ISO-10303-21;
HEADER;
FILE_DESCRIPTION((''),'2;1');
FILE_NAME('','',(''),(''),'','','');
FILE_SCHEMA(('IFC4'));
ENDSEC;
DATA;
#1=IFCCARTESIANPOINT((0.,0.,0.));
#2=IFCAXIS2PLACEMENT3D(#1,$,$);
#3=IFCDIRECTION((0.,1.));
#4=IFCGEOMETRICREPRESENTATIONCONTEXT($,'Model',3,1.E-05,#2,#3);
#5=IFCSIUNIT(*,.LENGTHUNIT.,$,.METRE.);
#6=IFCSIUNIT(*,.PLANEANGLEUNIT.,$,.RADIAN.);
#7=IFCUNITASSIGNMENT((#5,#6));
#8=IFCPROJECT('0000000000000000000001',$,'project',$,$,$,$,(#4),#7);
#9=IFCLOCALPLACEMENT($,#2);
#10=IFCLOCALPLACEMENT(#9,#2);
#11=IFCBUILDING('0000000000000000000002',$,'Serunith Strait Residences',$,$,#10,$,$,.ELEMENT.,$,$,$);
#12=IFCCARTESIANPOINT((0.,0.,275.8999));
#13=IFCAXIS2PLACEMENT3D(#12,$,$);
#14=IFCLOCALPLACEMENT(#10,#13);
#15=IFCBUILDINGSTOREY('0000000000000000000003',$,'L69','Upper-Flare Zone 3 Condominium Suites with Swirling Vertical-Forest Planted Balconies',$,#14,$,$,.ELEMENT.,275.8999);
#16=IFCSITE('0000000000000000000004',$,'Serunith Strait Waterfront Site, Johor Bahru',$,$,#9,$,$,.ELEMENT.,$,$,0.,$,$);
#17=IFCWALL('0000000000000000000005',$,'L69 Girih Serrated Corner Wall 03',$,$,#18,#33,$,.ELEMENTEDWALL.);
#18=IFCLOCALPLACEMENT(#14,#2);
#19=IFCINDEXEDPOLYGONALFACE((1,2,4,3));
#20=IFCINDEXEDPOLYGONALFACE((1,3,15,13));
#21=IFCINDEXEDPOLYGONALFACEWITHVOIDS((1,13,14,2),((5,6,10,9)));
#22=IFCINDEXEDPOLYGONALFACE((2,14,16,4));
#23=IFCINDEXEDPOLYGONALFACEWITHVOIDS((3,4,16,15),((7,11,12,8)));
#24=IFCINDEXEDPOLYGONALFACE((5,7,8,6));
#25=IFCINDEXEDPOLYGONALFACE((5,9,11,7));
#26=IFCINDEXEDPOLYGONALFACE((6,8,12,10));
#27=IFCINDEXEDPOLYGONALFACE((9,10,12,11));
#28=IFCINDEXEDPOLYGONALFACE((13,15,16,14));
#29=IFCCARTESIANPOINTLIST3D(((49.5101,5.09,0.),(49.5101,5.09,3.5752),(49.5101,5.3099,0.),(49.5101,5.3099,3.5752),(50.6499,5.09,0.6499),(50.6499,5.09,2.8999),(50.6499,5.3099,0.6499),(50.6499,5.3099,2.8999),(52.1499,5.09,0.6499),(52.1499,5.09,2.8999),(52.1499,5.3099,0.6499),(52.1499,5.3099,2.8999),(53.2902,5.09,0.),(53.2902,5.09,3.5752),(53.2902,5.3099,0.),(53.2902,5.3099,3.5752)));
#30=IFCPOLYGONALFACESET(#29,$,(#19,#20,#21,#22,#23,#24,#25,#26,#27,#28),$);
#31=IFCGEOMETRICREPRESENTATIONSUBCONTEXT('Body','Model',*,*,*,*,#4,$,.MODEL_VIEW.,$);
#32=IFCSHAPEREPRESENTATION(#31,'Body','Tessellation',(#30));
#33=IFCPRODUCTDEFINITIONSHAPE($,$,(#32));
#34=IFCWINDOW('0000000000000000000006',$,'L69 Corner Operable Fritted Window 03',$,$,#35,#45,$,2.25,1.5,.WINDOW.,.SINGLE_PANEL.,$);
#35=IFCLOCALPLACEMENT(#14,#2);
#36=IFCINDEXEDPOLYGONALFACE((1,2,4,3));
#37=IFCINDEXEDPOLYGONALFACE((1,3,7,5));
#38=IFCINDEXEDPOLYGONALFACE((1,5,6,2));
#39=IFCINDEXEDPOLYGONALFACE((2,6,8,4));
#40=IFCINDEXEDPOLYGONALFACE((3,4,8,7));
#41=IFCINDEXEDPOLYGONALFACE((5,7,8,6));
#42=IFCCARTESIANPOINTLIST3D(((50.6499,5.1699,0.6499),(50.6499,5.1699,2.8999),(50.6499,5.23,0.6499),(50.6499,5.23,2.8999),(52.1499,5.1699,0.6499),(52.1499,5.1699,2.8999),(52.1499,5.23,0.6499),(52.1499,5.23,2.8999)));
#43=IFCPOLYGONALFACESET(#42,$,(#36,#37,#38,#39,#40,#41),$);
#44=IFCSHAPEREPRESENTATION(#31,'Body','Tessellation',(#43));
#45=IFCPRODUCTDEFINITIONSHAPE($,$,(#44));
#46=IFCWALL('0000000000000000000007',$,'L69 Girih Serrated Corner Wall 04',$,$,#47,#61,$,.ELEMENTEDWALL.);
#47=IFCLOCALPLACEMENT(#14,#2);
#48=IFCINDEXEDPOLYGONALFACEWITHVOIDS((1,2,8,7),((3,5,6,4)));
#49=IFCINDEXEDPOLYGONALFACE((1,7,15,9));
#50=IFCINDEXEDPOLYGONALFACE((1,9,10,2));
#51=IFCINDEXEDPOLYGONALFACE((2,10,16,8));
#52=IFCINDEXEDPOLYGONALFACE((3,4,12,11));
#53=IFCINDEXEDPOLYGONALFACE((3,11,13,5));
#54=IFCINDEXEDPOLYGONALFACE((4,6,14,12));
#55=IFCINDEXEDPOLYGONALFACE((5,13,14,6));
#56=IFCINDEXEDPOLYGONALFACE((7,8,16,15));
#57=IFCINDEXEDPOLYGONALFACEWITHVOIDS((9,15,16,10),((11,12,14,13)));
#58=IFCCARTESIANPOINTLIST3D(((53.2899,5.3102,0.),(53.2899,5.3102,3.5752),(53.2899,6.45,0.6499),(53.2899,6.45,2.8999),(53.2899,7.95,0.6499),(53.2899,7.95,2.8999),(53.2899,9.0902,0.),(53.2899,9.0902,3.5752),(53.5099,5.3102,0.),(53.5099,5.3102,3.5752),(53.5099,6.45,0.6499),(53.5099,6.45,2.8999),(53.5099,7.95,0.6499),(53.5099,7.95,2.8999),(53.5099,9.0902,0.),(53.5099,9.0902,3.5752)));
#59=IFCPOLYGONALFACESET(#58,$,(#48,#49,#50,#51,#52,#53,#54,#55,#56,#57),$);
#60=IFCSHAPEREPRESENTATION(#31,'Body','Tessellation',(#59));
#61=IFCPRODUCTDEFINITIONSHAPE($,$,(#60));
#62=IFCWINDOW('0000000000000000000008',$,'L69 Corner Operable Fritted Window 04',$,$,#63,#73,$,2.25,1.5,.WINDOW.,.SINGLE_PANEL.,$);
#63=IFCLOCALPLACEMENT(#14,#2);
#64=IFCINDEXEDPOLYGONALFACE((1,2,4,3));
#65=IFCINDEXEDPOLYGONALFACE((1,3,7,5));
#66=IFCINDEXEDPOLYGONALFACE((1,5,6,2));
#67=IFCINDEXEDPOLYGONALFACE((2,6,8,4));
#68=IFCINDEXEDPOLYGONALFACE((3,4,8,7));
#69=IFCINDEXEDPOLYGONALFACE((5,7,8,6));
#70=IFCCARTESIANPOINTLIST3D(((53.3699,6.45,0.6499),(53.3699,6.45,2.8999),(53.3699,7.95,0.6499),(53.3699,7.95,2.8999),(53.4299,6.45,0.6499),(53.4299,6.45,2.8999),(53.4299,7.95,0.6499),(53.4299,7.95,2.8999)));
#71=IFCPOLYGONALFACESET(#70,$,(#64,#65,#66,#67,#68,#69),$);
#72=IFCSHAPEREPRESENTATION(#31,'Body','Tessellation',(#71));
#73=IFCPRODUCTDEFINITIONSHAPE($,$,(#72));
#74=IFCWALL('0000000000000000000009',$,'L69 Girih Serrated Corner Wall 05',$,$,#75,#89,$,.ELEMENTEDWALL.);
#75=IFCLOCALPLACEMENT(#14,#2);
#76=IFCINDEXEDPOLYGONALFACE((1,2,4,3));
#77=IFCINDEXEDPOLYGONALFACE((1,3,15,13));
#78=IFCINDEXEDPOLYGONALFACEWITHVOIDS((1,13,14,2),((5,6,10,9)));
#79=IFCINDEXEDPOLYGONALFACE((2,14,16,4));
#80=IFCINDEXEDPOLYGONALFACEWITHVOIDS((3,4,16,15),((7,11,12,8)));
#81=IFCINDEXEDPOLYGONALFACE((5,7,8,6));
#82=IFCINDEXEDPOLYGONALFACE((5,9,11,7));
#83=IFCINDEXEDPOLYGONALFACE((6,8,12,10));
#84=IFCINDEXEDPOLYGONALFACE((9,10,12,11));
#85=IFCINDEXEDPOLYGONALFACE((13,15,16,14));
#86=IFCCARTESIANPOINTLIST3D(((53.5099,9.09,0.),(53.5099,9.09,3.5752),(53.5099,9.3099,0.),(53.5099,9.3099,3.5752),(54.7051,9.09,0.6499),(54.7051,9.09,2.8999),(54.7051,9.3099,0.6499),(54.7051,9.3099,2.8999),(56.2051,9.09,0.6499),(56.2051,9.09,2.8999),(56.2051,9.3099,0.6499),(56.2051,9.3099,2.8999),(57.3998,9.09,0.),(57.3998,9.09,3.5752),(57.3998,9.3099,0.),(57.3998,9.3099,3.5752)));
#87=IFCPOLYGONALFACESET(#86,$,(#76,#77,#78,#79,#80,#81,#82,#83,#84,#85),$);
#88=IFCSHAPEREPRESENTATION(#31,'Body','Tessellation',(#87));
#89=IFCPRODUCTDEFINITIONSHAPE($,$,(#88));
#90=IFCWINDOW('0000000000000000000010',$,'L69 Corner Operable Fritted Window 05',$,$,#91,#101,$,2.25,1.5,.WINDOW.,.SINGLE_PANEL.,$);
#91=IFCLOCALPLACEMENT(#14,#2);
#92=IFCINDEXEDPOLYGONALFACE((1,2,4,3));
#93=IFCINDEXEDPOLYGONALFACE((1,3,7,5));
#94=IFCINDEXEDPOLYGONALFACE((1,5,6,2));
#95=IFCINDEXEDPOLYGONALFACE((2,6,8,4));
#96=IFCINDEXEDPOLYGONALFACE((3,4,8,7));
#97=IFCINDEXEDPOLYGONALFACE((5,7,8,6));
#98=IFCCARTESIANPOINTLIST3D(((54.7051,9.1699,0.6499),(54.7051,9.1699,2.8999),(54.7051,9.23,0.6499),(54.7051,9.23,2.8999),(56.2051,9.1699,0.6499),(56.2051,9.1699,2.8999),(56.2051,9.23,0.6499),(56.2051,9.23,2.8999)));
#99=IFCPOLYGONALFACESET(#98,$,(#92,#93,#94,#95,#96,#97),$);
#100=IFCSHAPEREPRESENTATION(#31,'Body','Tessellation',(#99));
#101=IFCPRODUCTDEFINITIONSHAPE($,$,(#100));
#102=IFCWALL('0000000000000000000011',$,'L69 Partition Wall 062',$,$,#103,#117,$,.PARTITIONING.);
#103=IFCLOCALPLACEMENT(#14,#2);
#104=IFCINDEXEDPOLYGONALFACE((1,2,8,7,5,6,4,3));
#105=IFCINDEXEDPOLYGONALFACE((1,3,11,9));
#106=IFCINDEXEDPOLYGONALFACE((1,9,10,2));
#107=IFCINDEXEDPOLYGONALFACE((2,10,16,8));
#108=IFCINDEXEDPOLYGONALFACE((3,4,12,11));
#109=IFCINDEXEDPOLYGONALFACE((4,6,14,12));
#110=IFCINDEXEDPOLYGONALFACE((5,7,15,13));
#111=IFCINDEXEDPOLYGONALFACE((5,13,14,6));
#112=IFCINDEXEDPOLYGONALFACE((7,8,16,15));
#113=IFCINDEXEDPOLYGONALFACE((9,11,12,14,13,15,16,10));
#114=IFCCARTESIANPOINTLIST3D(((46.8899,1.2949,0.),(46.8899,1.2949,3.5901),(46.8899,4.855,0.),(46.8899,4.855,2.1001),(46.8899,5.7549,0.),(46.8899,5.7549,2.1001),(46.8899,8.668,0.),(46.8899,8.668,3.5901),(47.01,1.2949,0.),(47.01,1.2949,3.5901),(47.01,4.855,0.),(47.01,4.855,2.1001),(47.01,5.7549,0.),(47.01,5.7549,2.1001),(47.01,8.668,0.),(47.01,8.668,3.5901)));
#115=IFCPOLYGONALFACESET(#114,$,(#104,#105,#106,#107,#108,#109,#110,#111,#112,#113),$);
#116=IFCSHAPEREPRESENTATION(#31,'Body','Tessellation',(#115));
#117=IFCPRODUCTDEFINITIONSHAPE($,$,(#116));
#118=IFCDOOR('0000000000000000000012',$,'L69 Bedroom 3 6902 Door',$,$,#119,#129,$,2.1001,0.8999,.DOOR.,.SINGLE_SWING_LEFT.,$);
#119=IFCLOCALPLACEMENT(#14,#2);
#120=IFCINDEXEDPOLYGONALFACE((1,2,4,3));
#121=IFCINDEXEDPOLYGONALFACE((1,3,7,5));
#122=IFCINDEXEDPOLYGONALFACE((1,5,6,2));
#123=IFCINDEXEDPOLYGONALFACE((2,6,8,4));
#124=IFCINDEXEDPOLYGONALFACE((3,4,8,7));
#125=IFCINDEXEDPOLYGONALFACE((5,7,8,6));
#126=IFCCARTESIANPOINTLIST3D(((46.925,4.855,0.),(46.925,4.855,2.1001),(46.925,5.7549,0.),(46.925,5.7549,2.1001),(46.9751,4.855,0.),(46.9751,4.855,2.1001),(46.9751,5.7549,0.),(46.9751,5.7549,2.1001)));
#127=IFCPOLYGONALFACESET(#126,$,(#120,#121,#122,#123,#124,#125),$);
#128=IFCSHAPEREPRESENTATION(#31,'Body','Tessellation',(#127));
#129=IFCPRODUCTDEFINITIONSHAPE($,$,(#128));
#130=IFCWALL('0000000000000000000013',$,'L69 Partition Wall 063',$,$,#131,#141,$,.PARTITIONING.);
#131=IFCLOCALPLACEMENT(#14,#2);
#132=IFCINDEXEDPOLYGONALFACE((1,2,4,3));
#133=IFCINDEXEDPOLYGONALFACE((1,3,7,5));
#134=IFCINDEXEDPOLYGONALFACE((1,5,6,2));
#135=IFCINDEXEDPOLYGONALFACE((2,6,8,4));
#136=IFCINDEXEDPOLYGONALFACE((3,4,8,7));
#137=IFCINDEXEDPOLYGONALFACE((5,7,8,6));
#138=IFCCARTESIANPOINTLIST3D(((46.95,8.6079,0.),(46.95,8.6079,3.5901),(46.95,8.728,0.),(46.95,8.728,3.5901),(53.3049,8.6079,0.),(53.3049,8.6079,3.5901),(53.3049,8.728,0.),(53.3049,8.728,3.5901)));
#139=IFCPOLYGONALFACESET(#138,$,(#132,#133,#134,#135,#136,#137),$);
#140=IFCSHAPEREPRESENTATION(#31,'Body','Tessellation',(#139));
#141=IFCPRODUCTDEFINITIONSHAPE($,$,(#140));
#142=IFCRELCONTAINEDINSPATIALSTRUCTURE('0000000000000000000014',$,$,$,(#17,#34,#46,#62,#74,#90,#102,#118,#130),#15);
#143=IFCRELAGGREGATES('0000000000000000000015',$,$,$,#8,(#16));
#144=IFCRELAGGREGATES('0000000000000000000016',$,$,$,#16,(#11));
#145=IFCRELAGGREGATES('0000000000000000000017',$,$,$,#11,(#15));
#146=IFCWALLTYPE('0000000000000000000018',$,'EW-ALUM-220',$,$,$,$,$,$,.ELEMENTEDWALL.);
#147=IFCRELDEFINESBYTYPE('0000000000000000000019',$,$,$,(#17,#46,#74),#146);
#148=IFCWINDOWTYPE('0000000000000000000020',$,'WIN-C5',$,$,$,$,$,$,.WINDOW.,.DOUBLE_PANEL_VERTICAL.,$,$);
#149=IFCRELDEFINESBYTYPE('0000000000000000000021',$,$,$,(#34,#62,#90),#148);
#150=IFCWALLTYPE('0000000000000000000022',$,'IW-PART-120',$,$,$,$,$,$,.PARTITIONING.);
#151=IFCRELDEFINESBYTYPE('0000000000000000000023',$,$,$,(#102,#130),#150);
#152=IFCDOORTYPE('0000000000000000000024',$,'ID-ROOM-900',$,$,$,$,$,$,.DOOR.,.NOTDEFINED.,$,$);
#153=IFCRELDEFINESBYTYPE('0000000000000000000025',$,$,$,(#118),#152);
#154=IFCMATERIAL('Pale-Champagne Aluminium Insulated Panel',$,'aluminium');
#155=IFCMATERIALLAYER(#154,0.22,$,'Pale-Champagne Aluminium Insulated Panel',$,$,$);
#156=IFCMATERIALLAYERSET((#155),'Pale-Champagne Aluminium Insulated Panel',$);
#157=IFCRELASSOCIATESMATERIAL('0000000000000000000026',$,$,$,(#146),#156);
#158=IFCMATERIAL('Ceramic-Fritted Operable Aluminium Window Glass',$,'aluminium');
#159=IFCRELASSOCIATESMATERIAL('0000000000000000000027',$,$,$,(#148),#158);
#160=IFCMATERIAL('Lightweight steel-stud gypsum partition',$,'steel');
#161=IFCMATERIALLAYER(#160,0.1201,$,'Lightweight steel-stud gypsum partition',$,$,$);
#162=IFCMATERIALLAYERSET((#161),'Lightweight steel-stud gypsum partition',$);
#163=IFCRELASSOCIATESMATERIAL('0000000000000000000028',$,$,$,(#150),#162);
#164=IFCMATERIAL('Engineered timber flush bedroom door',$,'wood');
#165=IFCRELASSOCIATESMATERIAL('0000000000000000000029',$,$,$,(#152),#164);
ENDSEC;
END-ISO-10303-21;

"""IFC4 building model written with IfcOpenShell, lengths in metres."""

from ifc_helpers import new_model, si_unit, direction, frame, frame_2d, origin, place, context, subcontext, project, spatial, rectangle, extrude, source, transform, mapped, material, layer, layer_set, type_object, element, fill, save


model = new_model("IFC4")

# Units and contexts
model_context = context("Model", 3, precision=1e-05, world=origin(), true_north=direction((0.0, 1.0)))
body_context = subcontext(model_context, "Body", "Model", "MODEL_VIEW")
ifc_project = project(units=[si_unit("LENGTHUNIT", "METRE"), si_unit("PLANEANGLEUNIT", "RADIAN")], contexts=[model_context])

# Site, building, storey
site_placement = place(None, origin())
site = spatial("IfcSite", under=ifc_project, at=site_placement, Name="Serunith Strait Waterfront Site, Johor Bahru", CompositionType="ELEMENT", RefElevation=0.0)
building_placement = place(site_placement, origin())
building = spatial("IfcBuilding", under=site, at=building_placement, Name="Serunith Strait Residences", CompositionType="ELEMENT")
storey_placement = place(building_placement, frame((0.0, 0.0, 275.8999)))
storey = spatial("IfcBuildingStorey", under=building, at=storey_placement, Name="L69", Description="Upper-Flare Zone 3 Condominium Suites with Swirling Vertical-Forest Planted Balconies", CompositionType="ELEMENT", Elevation=275.8999)

# Walls, openings, windows
ifc_material_1 = material(Name="Pale-Champagne Aluminium Insulated Panel", Category="aluminium")
ifc_layer_1 = layer(ifc_material_1, 0.22, Name="Pale-Champagne Aluminium Insulated Panel")
ifc_layer_set_1 = layer_set([ifc_layer_1], Name="Pale-Champagne Aluminium Insulated Panel")
wall_type_1 = type_object("IfcWallType", Name="EW-ALUM-220", PredefinedType="ELEMENTEDWALL", material=ifc_layer_set_1)
ifc_material_2 = material(Name="Ceramic-Fritted Operable Aluminium Window Glass", Category="aluminium")
window_type = type_object("IfcWindowType", Name="WIN-C5", PartitioningType="DOUBLE_PANEL_VERTICAL", PredefinedType="WINDOW", material=ifc_material_2)
shared_shape_1 = source(origin(), body_context, "Body", "SweptSolid", [
    extrude(rectangle(XDim=1.5, YDim=2.25, at=frame_2d((0.75, 1.125))), frame((0.0, 0.03, 0.0), z_axis=(0.0, -1.0, 0.0), x_axis=(1.0, 0.0, 0.0)), (0.0, 0.0, 1.0), 0.0601),
])
wall_1_placement = place(storey_placement, frame((49.51, 5.2, 0.0), z_axis=(0.0, 0.0, 1.0), x_axis=(1.0, 0.0, 0.0)))
wall_1 = element("IfcWall", 1, at=wall_1_placement, inside=storey, type_object=wall_type_1, Name="L69 Girih Serrated Corner Wall 03", PredefinedType="ELEMENTEDWALL", context=body_context, shape_type="SweptSolid", body=[
    extrude(rectangle(XDim=3.78, YDim=0.22, at=frame_2d((1.8901, 0.0))), origin(), (0.0, 0.0, 1.0), 3.5752),
])
opening_1_placement = place(wall_1_placement, frame((1.1399, 0.0, 0.6499)))
opening_1 = element("IfcOpeningElement", 2, at=opening_1_placement, cuts=wall_1, PredefinedType="OPENING", context=body_context, shape_type="SweptSolid", body=[
    extrude(rectangle(XDim=1.5, YDim=2.25, at=frame_2d((0.75, 1.125))), frame((0.0, 0.1201, 0.0), z_axis=(0.0, -1.0, 0.0), x_axis=(1.0, 0.0, 0.0)), (0.0, 0.0, 1.0), 0.24),
])
window_1_placement = place(opening_1_placement, origin())
window_1 = element("IfcWindow", 3, at=window_1_placement, inside=storey, type_object=window_type, Name="L69 Corner Operable Fritted Window 03", OverallHeight=2.25, OverallWidth=1.5, PartitioningType="SINGLE_PANEL", PredefinedType="WINDOW", context=body_context, shape_type="MappedRepresentation", body=[
    mapped(shared_shape_1, transform((0.0, 0.0, 0.0), scale=1.0)),
])
fill(opening_1, window_1)
wall_2_placement = place(storey_placement, frame((53.3999, 5.3101, 0.0), z_axis=(0.0, 0.0, 1.0), x_axis=(0.0, 1.0, 0.0)))
wall_2 = element("IfcWall", 4, at=wall_2_placement, inside=storey, type_object=wall_type_1, Name="L69 Girih Serrated Corner Wall 04", PredefinedType="ELEMENTEDWALL", context=body_context, shape_type="SweptSolid", body=[
    extrude(rectangle(XDim=3.78, YDim=0.22, at=frame_2d((1.8901, 0.0))), origin(), (0.0, 0.0, 1.0), 3.5752),
])
opening_2_placement = place(wall_2_placement, frame((1.1399, 0.0, 0.6499)))
opening_2 = element("IfcOpeningElement", 5, at=opening_2_placement, cuts=wall_2, PredefinedType="OPENING", context=body_context, shape_type="SweptSolid", body=[
    extrude(rectangle(XDim=1.5, YDim=2.25, at=frame_2d((0.75, 1.125))), frame((0.0, 0.1201, 0.0), z_axis=(0.0, -1.0, 0.0), x_axis=(1.0, 0.0, 0.0)), (0.0, 0.0, 1.0), 0.24),
])
window_2_placement = place(opening_2_placement, origin())
window_2 = element("IfcWindow", 6, at=window_2_placement, inside=storey, type_object=window_type, Name="L69 Corner Operable Fritted Window 04", OverallHeight=2.25, OverallWidth=1.5, PartitioningType="SINGLE_PANEL", PredefinedType="WINDOW", context=body_context, shape_type="MappedRepresentation", body=[
    mapped(shared_shape_1, transform((0.0, 0.0, 0.0), scale=1.0)),
])
fill(opening_2, window_2)
wall_3_placement = place(storey_placement, frame((53.51, 9.2, 0.0), z_axis=(0.0, 0.0, 1.0), x_axis=(1.0, 0.0, 0.0)))
wall_3 = element("IfcWall", 7, at=wall_3_placement, inside=storey, type_object=wall_type_1, Name="L69 Girih Serrated Corner Wall 05", PredefinedType="ELEMENTEDWALL", context=body_context, shape_type="SweptSolid", body=[
    extrude(rectangle(XDim=3.8899, YDim=0.22, at=frame_2d((1.9448, 0.0))), origin(), (0.0, 0.0, 1.0), 3.5752),
])
opening_3_placement = place(wall_3_placement, frame((1.1951, 0.0, 0.6499)))
opening_3 = element("IfcOpeningElement", 8, at=opening_3_placement, cuts=wall_3, PredefinedType="OPENING", context=body_context, shape_type="SweptSolid", body=[
    extrude(rectangle(XDim=1.5, YDim=2.25, at=frame_2d((0.75, 1.125))), frame((0.0, 0.1201, 0.0), z_axis=(0.0, -1.0, 0.0), x_axis=(1.0, 0.0, 0.0)), (0.0, 0.0, 1.0), 0.24),
])
window_3_placement = place(opening_3_placement, origin())
window_3 = element("IfcWindow", 9, at=window_3_placement, inside=storey, type_object=window_type, Name="L69 Corner Operable Fritted Window 05", OverallHeight=2.25, OverallWidth=1.5, PartitioningType="SINGLE_PANEL", PredefinedType="WINDOW", context=body_context, shape_type="MappedRepresentation", body=[
    mapped(shared_shape_1, transform((0.0, 0.0, 0.0), scale=1.0)),
])
fill(opening_3, window_3)

# Wall, opening, door
ifc_material_3 = material(Name="Lightweight steel-stud gypsum partition", Category="steel")
ifc_layer_2 = layer(ifc_material_3, 0.1201, Name="Lightweight steel-stud gypsum partition")
ifc_layer_set_2 = layer_set([ifc_layer_2], Name="Lightweight steel-stud gypsum partition")
wall_type_2 = type_object("IfcWallType", Name="IW-PART-120", PredefinedType="PARTITIONING", material=ifc_layer_set_2)
wall_4_placement = place(storey_placement, frame((46.95, 1.2949, 0.0), z_axis=(0.0, 0.0, 1.0), x_axis=(0.0, 1.0, 0.0)))
wall_4 = element("IfcWall", 10, at=wall_4_placement, inside=storey, type_object=wall_type_2, Name="L69 Partition Wall 062", PredefinedType="PARTITIONING", context=body_context, shape_type="SweptSolid", body=[
    extrude(rectangle(XDim=7.373, YDim=0.1201, at=frame_2d((3.6865, 0.0))), origin(), (0.0, 0.0, 1.0), 3.5901),
])
opening_4_placement = place(wall_4_placement, frame((3.5601, 0.0, 0.0)))
opening_4 = element("IfcOpeningElement", 11, at=opening_4_placement, cuts=wall_4, PredefinedType="OPENING", context=body_context, shape_type="SweptSolid", body=[
    extrude(rectangle(XDim=0.8999, YDim=2.1001, at=frame_2d((0.45, 1.05))), frame((0.0, 0.0701, 0.0), z_axis=(0.0, -1.0, 0.0), x_axis=(1.0, 0.0, 0.0)), (0.0, 0.0, 1.0), 0.1401),
])
ifc_material_4 = material(Name="Engineered timber flush bedroom door", Category="wood")
door_type_1 = type_object("IfcDoorType", Name="ID-ROOM-900", OperationType="NOTDEFINED", PredefinedType="DOOR", material=ifc_material_4)
shared_shape_2 = source(origin(), body_context, "Body", "SweptSolid", [
    extrude(rectangle(XDim=0.8999, YDim=2.1001, at=frame_2d((0.45, 1.05))), frame((0.0, 0.0249, 0.0), z_axis=(0.0, -1.0, 0.0), x_axis=(1.0, 0.0, 0.0)), (0.0, 0.0, 1.0), 0.05),
])
door_1_placement = place(opening_4_placement, origin())
door_1 = element("IfcDoor", 12, at=door_1_placement, inside=storey, type_object=door_type_1, Name="L69 Bedroom 3 6902 Door", OperationType="SINGLE_SWING_LEFT", OverallHeight=2.1001, OverallWidth=0.8999, PredefinedType="DOOR", context=body_context, shape_type="MappedRepresentation", body=[
    mapped(shared_shape_2, transform((0.0, 0.0, 0.0), scale=1.0)),
])
fill(opening_4, door_1)

# Wall
wall_5_placement = place(storey_placement, frame((46.95, 8.668, 0.0), z_axis=(0.0, 0.0, 1.0), x_axis=(1.0, 0.0, 0.0)))
element("IfcWall", 13, at=wall_5_placement, inside=storey, type_object=wall_type_2, Name="L69 Partition Wall 063", PredefinedType="PARTITIONING", context=body_context, shape_type="SweptSolid", body=[
    extrude(rectangle(XDim=6.355, YDim=0.1201, at=frame_2d((3.1775, 0.0))), origin(), (0.0, 0.0, 1.0), 3.5901),
])

save(model, "model.ifc")
